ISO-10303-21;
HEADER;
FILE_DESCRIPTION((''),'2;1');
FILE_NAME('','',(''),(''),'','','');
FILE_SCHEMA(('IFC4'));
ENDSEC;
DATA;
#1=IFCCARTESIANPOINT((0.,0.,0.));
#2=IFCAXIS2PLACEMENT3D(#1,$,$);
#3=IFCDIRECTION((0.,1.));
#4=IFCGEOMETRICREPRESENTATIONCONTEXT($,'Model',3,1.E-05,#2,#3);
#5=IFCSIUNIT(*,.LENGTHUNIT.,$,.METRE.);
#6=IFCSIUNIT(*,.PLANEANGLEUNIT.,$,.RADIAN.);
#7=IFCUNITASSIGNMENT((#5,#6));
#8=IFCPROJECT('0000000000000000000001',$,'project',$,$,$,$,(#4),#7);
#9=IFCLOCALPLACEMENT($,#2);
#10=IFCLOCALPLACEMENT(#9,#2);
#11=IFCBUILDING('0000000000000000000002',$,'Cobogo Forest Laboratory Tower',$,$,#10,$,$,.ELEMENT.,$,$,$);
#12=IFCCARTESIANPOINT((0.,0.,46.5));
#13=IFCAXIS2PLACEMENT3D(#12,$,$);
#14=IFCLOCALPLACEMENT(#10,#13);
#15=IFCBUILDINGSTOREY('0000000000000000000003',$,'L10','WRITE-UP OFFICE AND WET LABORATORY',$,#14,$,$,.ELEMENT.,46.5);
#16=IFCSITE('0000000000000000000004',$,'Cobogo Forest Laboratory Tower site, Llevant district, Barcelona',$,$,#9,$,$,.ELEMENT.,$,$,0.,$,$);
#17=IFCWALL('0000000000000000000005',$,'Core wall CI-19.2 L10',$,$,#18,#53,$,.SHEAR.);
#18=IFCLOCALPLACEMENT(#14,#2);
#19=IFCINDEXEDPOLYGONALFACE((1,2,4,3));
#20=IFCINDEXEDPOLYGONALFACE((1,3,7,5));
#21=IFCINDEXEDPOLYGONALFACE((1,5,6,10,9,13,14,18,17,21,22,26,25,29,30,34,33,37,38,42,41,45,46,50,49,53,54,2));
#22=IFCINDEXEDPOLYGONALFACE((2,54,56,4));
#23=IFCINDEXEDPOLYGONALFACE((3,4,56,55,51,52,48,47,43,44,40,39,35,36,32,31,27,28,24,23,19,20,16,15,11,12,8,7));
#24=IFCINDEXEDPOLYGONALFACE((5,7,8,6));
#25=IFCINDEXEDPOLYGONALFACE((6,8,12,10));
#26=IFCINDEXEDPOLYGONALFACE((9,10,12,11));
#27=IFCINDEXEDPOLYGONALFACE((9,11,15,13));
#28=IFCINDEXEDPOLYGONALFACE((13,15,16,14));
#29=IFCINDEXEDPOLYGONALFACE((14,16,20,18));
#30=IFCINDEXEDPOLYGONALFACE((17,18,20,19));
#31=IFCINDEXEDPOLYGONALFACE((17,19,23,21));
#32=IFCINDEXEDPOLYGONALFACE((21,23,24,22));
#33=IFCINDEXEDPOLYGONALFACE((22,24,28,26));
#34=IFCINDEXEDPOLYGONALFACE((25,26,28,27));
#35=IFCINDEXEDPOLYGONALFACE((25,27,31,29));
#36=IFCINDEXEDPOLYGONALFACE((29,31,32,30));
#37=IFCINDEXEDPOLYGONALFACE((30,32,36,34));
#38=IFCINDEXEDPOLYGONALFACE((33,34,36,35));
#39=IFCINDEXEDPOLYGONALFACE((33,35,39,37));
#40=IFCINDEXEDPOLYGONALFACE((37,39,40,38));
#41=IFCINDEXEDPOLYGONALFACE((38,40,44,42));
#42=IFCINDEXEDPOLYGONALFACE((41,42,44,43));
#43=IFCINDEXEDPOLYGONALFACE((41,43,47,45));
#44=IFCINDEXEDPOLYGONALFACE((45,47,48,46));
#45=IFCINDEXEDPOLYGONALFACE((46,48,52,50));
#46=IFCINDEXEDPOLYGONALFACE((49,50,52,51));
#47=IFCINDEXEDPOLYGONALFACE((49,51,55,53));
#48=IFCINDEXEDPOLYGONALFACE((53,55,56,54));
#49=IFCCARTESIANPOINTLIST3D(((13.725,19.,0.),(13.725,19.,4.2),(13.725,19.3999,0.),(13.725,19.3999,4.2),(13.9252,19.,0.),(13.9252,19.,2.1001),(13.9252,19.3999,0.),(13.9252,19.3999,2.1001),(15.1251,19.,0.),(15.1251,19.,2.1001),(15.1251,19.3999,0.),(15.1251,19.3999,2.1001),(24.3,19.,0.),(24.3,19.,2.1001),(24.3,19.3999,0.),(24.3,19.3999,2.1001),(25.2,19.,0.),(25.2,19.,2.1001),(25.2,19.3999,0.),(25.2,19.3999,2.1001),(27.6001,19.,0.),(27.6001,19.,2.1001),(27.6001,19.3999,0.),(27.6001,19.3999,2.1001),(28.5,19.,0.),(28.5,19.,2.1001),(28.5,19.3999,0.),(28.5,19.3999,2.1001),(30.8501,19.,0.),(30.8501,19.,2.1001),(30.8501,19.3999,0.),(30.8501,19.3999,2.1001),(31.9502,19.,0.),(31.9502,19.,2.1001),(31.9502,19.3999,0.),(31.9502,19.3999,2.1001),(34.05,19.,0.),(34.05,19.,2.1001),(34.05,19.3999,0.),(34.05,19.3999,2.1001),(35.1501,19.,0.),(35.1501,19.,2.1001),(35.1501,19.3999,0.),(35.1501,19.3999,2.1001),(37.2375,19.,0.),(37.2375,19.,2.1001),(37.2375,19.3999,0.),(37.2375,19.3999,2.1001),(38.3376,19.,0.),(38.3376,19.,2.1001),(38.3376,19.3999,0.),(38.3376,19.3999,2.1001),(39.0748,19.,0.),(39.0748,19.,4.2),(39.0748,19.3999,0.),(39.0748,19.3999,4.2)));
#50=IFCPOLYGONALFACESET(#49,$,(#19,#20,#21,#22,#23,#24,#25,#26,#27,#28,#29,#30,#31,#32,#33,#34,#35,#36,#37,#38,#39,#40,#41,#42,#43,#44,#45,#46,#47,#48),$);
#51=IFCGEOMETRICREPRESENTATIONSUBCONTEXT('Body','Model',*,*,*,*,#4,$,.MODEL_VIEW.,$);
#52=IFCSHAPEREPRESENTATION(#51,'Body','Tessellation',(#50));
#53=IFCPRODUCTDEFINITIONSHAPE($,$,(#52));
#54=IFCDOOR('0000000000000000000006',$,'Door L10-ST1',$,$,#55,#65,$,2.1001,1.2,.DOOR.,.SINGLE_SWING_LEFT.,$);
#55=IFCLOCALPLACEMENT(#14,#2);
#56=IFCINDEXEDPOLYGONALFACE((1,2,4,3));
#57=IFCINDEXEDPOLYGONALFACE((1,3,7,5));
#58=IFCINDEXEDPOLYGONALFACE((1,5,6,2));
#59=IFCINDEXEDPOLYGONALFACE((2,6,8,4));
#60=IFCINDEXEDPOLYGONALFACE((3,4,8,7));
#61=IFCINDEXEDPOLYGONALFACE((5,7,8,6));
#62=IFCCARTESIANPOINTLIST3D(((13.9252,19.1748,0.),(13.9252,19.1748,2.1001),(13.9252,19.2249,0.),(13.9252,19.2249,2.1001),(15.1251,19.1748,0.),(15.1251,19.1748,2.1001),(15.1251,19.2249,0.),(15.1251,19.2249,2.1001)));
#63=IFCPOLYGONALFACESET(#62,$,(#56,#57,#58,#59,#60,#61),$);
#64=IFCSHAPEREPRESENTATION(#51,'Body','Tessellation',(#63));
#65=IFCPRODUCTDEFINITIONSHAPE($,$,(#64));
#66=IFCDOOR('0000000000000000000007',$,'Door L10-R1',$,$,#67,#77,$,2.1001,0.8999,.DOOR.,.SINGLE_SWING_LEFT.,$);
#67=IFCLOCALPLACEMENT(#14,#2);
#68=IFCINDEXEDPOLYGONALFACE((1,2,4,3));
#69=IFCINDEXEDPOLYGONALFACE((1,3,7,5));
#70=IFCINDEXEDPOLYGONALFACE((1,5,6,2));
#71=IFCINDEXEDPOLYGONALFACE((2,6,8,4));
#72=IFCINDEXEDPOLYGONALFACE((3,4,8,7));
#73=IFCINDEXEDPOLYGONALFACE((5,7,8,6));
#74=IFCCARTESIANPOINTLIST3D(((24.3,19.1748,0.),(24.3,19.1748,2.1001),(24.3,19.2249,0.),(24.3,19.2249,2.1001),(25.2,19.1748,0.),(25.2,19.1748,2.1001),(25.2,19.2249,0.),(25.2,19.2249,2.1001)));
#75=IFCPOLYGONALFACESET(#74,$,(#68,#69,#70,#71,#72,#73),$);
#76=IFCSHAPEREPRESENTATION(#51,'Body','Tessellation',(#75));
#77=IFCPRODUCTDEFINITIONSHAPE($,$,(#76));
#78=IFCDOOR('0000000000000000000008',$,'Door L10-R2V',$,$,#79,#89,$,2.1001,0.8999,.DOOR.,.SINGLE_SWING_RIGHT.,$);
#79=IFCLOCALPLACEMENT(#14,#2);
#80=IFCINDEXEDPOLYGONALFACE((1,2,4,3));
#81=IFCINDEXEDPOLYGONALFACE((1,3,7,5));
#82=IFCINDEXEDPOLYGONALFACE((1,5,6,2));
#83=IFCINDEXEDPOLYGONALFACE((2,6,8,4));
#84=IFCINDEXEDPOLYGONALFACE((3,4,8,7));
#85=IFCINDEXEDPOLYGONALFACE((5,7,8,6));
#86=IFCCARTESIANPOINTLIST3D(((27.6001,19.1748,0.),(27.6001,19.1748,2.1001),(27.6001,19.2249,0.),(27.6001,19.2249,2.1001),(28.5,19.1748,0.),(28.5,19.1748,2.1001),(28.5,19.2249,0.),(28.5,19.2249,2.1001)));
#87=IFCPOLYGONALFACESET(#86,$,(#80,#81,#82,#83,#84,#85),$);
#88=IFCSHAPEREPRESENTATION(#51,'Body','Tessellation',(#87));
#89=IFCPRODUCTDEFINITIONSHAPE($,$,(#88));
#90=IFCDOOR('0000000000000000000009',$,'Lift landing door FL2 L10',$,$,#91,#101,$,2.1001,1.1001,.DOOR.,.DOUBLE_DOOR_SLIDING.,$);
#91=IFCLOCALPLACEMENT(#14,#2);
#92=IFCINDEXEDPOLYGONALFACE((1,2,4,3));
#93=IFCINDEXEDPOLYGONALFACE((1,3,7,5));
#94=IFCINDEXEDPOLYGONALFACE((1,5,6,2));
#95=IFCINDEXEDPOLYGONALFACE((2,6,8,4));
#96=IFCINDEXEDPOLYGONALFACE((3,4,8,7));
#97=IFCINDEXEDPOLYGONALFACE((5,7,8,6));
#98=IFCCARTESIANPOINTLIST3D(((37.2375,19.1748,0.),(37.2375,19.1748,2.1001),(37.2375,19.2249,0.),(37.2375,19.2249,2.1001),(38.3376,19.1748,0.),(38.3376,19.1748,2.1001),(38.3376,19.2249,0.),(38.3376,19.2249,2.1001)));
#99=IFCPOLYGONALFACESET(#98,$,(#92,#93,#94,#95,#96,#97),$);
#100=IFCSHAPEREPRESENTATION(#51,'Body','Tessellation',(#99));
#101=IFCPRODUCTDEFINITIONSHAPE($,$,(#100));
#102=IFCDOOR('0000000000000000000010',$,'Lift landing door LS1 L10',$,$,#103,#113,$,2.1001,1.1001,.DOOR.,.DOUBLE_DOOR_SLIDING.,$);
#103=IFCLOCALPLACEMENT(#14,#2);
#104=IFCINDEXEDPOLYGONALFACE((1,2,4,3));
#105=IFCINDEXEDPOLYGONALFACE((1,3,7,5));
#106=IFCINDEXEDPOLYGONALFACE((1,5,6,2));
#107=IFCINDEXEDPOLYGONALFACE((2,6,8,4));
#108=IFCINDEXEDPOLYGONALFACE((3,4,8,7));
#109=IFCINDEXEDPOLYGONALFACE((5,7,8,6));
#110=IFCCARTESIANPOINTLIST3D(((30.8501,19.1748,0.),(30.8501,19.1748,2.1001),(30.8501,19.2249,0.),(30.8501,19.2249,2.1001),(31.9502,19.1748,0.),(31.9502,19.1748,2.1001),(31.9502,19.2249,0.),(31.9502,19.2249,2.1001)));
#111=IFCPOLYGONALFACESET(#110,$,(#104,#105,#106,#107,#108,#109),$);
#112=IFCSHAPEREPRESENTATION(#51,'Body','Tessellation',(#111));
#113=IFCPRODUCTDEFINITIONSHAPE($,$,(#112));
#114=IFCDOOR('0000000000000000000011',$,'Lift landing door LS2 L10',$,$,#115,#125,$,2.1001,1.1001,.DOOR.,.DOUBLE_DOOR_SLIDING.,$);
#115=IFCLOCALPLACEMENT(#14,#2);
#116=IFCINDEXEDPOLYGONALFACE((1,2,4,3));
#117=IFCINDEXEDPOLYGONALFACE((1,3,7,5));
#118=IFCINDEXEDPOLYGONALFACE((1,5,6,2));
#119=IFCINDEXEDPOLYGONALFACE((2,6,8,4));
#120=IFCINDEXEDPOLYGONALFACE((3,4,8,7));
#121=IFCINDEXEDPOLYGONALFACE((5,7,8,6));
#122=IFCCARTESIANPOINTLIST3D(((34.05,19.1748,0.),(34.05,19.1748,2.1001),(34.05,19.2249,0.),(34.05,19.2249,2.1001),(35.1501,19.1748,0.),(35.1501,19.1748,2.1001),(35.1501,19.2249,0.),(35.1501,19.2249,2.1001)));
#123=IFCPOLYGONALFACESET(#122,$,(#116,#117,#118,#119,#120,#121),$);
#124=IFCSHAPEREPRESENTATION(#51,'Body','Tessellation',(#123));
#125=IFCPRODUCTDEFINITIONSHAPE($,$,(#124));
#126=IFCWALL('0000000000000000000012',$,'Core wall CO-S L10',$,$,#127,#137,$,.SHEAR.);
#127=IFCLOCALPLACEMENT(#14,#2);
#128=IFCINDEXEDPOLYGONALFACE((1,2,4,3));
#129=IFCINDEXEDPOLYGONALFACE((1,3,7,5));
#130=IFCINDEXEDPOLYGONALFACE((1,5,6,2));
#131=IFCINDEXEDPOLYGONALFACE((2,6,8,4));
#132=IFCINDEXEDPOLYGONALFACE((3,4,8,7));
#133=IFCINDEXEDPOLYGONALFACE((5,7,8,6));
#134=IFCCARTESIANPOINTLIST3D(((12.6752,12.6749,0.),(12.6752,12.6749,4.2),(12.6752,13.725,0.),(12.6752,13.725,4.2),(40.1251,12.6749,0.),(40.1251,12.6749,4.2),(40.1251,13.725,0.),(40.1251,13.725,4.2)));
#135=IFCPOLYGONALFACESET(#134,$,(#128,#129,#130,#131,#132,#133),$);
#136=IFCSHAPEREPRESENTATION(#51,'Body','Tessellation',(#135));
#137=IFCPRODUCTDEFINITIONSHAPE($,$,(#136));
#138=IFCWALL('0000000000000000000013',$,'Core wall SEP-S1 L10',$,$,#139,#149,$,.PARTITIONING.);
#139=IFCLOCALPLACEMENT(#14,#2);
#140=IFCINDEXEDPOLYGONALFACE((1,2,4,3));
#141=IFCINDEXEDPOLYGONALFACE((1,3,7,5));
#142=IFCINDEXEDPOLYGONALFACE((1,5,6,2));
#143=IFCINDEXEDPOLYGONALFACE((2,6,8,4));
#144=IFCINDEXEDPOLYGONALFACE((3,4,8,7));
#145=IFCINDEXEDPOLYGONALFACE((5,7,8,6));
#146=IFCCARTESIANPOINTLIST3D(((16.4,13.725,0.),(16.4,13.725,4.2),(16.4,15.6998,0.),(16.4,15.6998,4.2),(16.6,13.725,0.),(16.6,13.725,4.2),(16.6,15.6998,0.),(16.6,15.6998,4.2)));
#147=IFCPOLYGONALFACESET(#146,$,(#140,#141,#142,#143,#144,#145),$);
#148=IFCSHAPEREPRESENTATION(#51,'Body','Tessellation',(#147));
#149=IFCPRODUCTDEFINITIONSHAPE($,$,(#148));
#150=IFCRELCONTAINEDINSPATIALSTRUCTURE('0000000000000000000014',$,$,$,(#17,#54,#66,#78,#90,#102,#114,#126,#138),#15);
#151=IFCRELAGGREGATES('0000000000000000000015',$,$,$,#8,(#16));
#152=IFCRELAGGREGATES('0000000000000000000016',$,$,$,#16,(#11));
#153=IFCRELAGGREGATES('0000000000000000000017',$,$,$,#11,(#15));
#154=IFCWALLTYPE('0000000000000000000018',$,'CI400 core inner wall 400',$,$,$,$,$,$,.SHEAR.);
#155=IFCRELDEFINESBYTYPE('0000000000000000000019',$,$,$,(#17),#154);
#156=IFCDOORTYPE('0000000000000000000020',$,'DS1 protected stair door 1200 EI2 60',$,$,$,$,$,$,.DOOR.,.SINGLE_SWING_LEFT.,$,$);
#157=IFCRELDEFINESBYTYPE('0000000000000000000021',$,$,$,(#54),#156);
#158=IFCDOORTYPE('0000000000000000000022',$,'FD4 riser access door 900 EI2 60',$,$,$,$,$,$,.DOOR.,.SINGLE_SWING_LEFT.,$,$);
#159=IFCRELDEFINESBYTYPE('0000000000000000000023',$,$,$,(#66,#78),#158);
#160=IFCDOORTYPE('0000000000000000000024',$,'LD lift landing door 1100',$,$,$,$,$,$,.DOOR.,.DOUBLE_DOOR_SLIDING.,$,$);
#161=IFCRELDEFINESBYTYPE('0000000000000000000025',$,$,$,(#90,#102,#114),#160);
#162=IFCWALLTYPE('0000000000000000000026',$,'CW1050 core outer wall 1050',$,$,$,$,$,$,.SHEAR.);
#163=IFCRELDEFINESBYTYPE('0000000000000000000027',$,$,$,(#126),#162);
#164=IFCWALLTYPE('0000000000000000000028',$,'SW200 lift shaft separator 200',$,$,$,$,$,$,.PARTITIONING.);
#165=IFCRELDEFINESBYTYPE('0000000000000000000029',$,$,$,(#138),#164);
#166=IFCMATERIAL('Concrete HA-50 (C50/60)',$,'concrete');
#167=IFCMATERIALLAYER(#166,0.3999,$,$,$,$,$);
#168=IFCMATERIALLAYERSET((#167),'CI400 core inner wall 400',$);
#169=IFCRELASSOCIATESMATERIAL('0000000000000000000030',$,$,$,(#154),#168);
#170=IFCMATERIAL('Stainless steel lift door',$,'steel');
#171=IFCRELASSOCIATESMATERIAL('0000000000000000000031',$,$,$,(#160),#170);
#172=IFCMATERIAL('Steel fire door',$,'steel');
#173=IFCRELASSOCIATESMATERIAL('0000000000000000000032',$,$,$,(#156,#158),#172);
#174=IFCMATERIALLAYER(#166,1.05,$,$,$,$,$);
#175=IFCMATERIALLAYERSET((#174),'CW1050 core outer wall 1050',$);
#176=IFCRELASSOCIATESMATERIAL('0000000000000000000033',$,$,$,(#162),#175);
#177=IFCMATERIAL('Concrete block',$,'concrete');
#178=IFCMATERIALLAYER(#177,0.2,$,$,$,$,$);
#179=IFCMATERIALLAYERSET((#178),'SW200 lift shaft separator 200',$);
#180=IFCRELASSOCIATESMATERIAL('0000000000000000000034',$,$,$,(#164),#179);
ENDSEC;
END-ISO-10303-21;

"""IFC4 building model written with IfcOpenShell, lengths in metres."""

from ifc_helpers import new_model, si_unit, direction, frame, frame_2d, origin, place, context, subcontext, project, spatial, rectangle, extrude, material, layer, layer_set, type_object, element, fill, save


model = new_model("IFC4")

# Units and contexts
model_context = context("Model", 3, precision=1e-05, world=origin(), true_north=direction((0.0, 1.0)))
body_context = subcontext(model_context, "Body", "Model", "MODEL_VIEW")
ifc_project = project(units=[si_unit("LENGTHUNIT", "METRE"), si_unit("PLANEANGLEUNIT", "RADIAN")], contexts=[model_context])

# Site, building, storey
site_placement = place(None, origin())
site = spatial("IfcSite", under=ifc_project, at=site_placement, Name="Cobogo Forest Laboratory Tower site, Llevant district, Barcelona", CompositionType="ELEMENT", RefElevation=0.0)
building_placement = place(site_placement, origin())
building = spatial("IfcBuilding", under=site, at=building_placement, Name="Cobogo Forest Laboratory Tower", CompositionType="ELEMENT")
storey_placement = place(building_placement, frame((0.0, 0.0, 46.5)))
storey = spatial("IfcBuildingStorey", under=building, at=storey_placement, Name="L10", Description="WRITE-UP OFFICE AND WET LABORATORY", CompositionType="ELEMENT", Elevation=46.5)

# Wall, openings, doors
ifc_material_1 = material(Name="Concrete HA-50 (C50/60)", Category="concrete")
ifc_layer_1 = layer(ifc_material_1, 0.3999)
ifc_layer_set_1 = layer_set([ifc_layer_1], Name="CI400 core inner wall 400")
wall_type_1 = type_object("IfcWallType", Name="CI400 core inner wall 400", PredefinedType="SHEAR", material=ifc_layer_set_1)
ifc_material_2 = material(Name="Stainless steel lift door", Category="steel")
door_type_1 = type_object("IfcDoorType", Name="LD lift landing door 1100", OperationType="DOUBLE_DOOR_SLIDING", PredefinedType="DOOR", material=ifc_material_2)
wall_1_placement = place(storey_placement, frame((13.7251, 19.2, 0.0), z_axis=(0.0, 0.0, 1.0), x_axis=(1.0, 0.0, 0.0)))
wall_1 = element("IfcWall", 1, at=wall_1_placement, inside=storey, type_object=wall_type_1, Name="Core wall CI-19.2 L10", PredefinedType="SHEAR", context=body_context, shape_type="SweptSolid", body=[
    extrude(rectangle(XDim=25.3499, YDim=0.3999, at=frame_2d((12.6748, 0.0))), origin(), (0.0, 0.0, 1.0), 4.2),
])
opening_1_placement = place(wall_1_placement, frame((10.575, 0.0, 0.0)))
opening_1 = element("IfcOpeningElement", 2, at=opening_1_placement, cuts=wall_1, PredefinedType="OPENING", context=body_context, shape_type="SweptSolid", body=[
    extrude(rectangle(XDim=0.8999, YDim=2.1001, at=frame_2d((0.45, 1.05))), frame((0.0, 0.21, 0.0), z_axis=(0.0, -1.0, 0.0), x_axis=(1.0, 0.0, 0.0)), (0.0, 0.0, 1.0), 0.4199),
])
opening_2_placement = place(wall_1_placement, frame((13.875, 0.0, 0.0)))
opening_2 = element("IfcOpeningElement", 3, at=opening_2_placement, cuts=wall_1, PredefinedType="OPENING", context=body_context, shape_type="SweptSolid", body=[
    extrude(rectangle(XDim=0.8999, YDim=2.1001, at=frame_2d((0.45, 1.05))), frame((0.0, 0.21, 0.0), z_axis=(0.0, -1.0, 0.0), x_axis=(1.0, 0.0, 0.0)), (0.0, 0.0, 1.0), 0.4199),
])
opening_3_placement = place(wall_1_placement, frame((0.2, 0.0, 0.0)))
opening_3 = element("IfcOpeningElement", 4, at=opening_3_placement, cuts=wall_1, PredefinedType="OPENING", context=body_context, shape_type="SweptSolid", body=[
    extrude(rectangle(XDim=1.2, YDim=2.1001, at=frame_2d((0.6001, 1.05))), frame((0.0, 0.21, 0.0), z_axis=(0.0, -1.0, 0.0), x_axis=(1.0, 0.0, 0.0)), (0.0, 0.0, 1.0), 0.4199),
])
opening_4_placement = place(wall_1_placement, frame((23.5125, 0.0, 0.0)))
opening_4 = element("IfcOpeningElement", 5, at=opening_4_placement, cuts=wall_1, PredefinedType="OPENING", context=body_context, shape_type="SweptSolid", body=[
    extrude(rectangle(XDim=1.1001, YDim=2.1001, at=frame_2d((0.55, 1.05))), frame((0.0, 0.21, 0.0), z_axis=(0.0, -1.0, 0.0), x_axis=(1.0, 0.0, 0.0)), (0.0, 0.0, 1.0), 0.4199),
])
opening_5_placement = place(wall_1_placement, frame((17.125, 0.0, 0.0)))
opening_5 = element("IfcOpeningElement", 6, at=opening_5_placement, cuts=wall_1, PredefinedType="OPENING", context=body_context, shape_type="SweptSolid", body=[
    extrude(rectangle(XDim=1.1001, YDim=2.1001, at=frame_2d((0.55, 1.05))), frame((0.0, 0.21, 0.0), z_axis=(0.0, -1.0, 0.0), x_axis=(1.0, 0.0, 0.0)), (0.0, 0.0, 1.0), 0.4199),
])
opening_6_placement = place(wall_1_placement, frame((20.325, 0.0, 0.0)))
opening_6 = element("IfcOpeningElement", 7, at=opening_6_placement, cuts=wall_1, PredefinedType="OPENING", context=body_context, shape_type="SweptSolid", body=[
    extrude(rectangle(XDim=1.1001, YDim=2.1001, at=frame_2d((0.55, 1.05))), frame((0.0, 0.21, 0.0), z_axis=(0.0, -1.0, 0.0), x_axis=(1.0, 0.0, 0.0)), (0.0, 0.0, 1.0), 0.4199),
])
ifc_material_3 = material(Name="Steel fire door", Category="steel")
door_type_2 = type_object("IfcDoorType", Name="DS1 protected stair door 1200 EI2 60", OperationType="SINGLE_SWING_LEFT", PredefinedType="DOOR", material=ifc_material_3)
door_1_placement = place(opening_3_placement, origin())
door_1 = element("IfcDoor", 8, at=door_1_placement, inside=storey, type_object=door_type_2, Name="Door L10-ST1", OperationType="SINGLE_SWING_LEFT", OverallHeight=2.1001, OverallWidth=1.2, PredefinedType="DOOR", context=body_context, shape_type="SweptSolid", body=[
    extrude(rectangle(XDim=1.2, YDim=2.1001, at=frame_2d((0.6001, 1.05))), frame((0.0, 0.0249, 0.0), z_axis=(0.0, -1.0, 0.0), x_axis=(1.0, 0.0, 0.0)), (0.0, 0.0, 1.0), 0.05),
])
fill(opening_3, door_1)
door_type_3 = type_object("IfcDoorType", Name="FD4 riser access door 900 EI2 60", OperationType="SINGLE_SWING_LEFT", PredefinedType="DOOR", material=ifc_material_3)
door_2_placement = place(opening_1_placement, origin())
door_2 = element("IfcDoor", 9, at=door_2_placement, inside=storey, type_object=door_type_3, Name="Door L10-R1", OperationType="SINGLE_SWING_LEFT", OverallHeight=2.1001, OverallWidth=0.8999, PredefinedType="DOOR", context=body_context, shape_type="SweptSolid", body=[
    extrude(rectangle(XDim=0.8999, YDim=2.1001, at=frame_2d((0.45, 1.05))), frame((0.0, 0.0249, 0.0), z_axis=(0.0, -1.0, 0.0), x_axis=(1.0, 0.0, 0.0)), (0.0, 0.0, 1.0), 0.05),
])
fill(opening_1, door_2)
door_3_placement = place(opening_2_placement, origin())
door_3 = element("IfcDoor", 10, at=door_3_placement, inside=storey, type_object=door_type_3, Name="Door L10-R2V", OperationType="SINGLE_SWING_RIGHT", OverallHeight=2.1001, OverallWidth=0.8999, PredefinedType="DOOR", context=body_context, shape_type="SweptSolid", body=[
    extrude(rectangle(XDim=0.8999, YDim=2.1001, at=frame_2d((0.45, 1.05))), frame((0.0, 0.0249, 0.0), z_axis=(0.0, -1.0, 0.0), x_axis=(1.0, 0.0, 0.0)), (0.0, 0.0, 1.0), 0.05),
])
fill(opening_2, door_3)
door_4_placement = place(opening_4_placement, origin())
door_4 = element("IfcDoor", 11, at=door_4_placement, inside=storey, type_object=door_type_1, Name="Lift landing door FL2 L10", OperationType="DOUBLE_DOOR_SLIDING", OverallHeight=2.1001, OverallWidth=1.1001, PredefinedType="DOOR", context=body_context, shape_type="SweptSolid", body=[
    extrude(rectangle(XDim=1.1001, YDim=2.1001, at=frame_2d((0.55, 1.05))), frame((0.0, 0.0249, 0.0), z_axis=(0.0, -1.0, 0.0), x_axis=(1.0, 0.0, 0.0)), (0.0, 0.0, 1.0), 0.05),
])
fill(opening_4, door_4)
door_5_placement = place(opening_5_placement, origin())
door_5 = element("IfcDoor", 12, at=door_5_placement, inside=storey, type_object=door_type_1, Name="Lift landing door LS1 L10", OperationType="DOUBLE_DOOR_SLIDING", OverallHeight=2.1001, OverallWidth=1.1001, PredefinedType="DOOR", context=body_context, shape_type="SweptSolid", body=[
    extrude(rectangle(XDim=1.1001, YDim=2.1001, at=frame_2d((0.55, 1.05))), frame((0.0, 0.0249, 0.0), z_axis=(0.0, -1.0, 0.0), x_axis=(1.0, 0.0, 0.0)), (0.0, 0.0, 1.0), 0.05),
])
fill(opening_5, door_5)
door_6_placement = place(opening_6_placement, origin())
door_6 = element("IfcDoor", 13, at=door_6_placement, inside=storey, type_object=door_type_1, Name="Lift landing door LS2 L10", OperationType="DOUBLE_DOOR_SLIDING", OverallHeight=2.1001, OverallWidth=1.1001, PredefinedType="DOOR", context=body_context, shape_type="SweptSolid", body=[
    extrude(rectangle(XDim=1.1001, YDim=2.1001, at=frame_2d((0.55, 1.05))), frame((0.0, 0.0249, 0.0), z_axis=(0.0, -1.0, 0.0), x_axis=(1.0, 0.0, 0.0)), (0.0, 0.0, 1.0), 0.05),
])
fill(opening_6, door_6)

# Walls
ifc_layer_2 = layer(ifc_material_1, 1.05)
ifc_layer_set_2 = layer_set([ifc_layer_2], Name="CW1050 core outer wall 1050")
wall_type_2 = type_object("IfcWallType", Name="CW1050 core outer wall 1050", PredefinedType="SHEAR", material=ifc_layer_set_2)
wall_2_placement = place(storey_placement, frame((12.675, 13.2, 0.0), z_axis=(0.0, 0.0, 1.0), x_axis=(1.0, 0.0, 0.0)))
element("IfcWall", 14, at=wall_2_placement, inside=storey, type_object=wall_type_2, Name="Core wall CO-S L10", PredefinedType="SHEAR", context=body_context, shape_type="SweptSolid", body=[
    extrude(rectangle(XDim=27.45, YDim=1.05, at=frame_2d((13.7251, 0.0))), origin(), (0.0, 0.0, 1.0), 4.2),
])
ifc_material_4 = material(Name="Concrete block", Category="concrete")
ifc_layer_3 = layer(ifc_material_4, 0.2)
ifc_layer_set_3 = layer_set([ifc_layer_3], Name="SW200 lift shaft separator 200")
wall_type_3 = type_object("IfcWallType", Name="SW200 lift shaft separator 200", PredefinedType="PARTITIONING", material=ifc_layer_set_3)
wall_3_placement = place(storey_placement, frame((16.5, 13.7251, 0.0), z_axis=(0.0, 0.0, 1.0), x_axis=(0.0, 1.0, 0.0)))
element("IfcWall", 15, at=wall_3_placement, inside=storey, type_object=wall_type_3, Name="Core wall SEP-S1 L10", PredefinedType="PARTITIONING", context=body_context, shape_type="SweptSolid", body=[
    extrude(rectangle(XDim=1.9749, YDim=0.2, at=frame_2d((0.9873, 0.0))), origin(), (0.0, 0.0, 1.0), 4.2),
])

save(model, "model.ifc")
